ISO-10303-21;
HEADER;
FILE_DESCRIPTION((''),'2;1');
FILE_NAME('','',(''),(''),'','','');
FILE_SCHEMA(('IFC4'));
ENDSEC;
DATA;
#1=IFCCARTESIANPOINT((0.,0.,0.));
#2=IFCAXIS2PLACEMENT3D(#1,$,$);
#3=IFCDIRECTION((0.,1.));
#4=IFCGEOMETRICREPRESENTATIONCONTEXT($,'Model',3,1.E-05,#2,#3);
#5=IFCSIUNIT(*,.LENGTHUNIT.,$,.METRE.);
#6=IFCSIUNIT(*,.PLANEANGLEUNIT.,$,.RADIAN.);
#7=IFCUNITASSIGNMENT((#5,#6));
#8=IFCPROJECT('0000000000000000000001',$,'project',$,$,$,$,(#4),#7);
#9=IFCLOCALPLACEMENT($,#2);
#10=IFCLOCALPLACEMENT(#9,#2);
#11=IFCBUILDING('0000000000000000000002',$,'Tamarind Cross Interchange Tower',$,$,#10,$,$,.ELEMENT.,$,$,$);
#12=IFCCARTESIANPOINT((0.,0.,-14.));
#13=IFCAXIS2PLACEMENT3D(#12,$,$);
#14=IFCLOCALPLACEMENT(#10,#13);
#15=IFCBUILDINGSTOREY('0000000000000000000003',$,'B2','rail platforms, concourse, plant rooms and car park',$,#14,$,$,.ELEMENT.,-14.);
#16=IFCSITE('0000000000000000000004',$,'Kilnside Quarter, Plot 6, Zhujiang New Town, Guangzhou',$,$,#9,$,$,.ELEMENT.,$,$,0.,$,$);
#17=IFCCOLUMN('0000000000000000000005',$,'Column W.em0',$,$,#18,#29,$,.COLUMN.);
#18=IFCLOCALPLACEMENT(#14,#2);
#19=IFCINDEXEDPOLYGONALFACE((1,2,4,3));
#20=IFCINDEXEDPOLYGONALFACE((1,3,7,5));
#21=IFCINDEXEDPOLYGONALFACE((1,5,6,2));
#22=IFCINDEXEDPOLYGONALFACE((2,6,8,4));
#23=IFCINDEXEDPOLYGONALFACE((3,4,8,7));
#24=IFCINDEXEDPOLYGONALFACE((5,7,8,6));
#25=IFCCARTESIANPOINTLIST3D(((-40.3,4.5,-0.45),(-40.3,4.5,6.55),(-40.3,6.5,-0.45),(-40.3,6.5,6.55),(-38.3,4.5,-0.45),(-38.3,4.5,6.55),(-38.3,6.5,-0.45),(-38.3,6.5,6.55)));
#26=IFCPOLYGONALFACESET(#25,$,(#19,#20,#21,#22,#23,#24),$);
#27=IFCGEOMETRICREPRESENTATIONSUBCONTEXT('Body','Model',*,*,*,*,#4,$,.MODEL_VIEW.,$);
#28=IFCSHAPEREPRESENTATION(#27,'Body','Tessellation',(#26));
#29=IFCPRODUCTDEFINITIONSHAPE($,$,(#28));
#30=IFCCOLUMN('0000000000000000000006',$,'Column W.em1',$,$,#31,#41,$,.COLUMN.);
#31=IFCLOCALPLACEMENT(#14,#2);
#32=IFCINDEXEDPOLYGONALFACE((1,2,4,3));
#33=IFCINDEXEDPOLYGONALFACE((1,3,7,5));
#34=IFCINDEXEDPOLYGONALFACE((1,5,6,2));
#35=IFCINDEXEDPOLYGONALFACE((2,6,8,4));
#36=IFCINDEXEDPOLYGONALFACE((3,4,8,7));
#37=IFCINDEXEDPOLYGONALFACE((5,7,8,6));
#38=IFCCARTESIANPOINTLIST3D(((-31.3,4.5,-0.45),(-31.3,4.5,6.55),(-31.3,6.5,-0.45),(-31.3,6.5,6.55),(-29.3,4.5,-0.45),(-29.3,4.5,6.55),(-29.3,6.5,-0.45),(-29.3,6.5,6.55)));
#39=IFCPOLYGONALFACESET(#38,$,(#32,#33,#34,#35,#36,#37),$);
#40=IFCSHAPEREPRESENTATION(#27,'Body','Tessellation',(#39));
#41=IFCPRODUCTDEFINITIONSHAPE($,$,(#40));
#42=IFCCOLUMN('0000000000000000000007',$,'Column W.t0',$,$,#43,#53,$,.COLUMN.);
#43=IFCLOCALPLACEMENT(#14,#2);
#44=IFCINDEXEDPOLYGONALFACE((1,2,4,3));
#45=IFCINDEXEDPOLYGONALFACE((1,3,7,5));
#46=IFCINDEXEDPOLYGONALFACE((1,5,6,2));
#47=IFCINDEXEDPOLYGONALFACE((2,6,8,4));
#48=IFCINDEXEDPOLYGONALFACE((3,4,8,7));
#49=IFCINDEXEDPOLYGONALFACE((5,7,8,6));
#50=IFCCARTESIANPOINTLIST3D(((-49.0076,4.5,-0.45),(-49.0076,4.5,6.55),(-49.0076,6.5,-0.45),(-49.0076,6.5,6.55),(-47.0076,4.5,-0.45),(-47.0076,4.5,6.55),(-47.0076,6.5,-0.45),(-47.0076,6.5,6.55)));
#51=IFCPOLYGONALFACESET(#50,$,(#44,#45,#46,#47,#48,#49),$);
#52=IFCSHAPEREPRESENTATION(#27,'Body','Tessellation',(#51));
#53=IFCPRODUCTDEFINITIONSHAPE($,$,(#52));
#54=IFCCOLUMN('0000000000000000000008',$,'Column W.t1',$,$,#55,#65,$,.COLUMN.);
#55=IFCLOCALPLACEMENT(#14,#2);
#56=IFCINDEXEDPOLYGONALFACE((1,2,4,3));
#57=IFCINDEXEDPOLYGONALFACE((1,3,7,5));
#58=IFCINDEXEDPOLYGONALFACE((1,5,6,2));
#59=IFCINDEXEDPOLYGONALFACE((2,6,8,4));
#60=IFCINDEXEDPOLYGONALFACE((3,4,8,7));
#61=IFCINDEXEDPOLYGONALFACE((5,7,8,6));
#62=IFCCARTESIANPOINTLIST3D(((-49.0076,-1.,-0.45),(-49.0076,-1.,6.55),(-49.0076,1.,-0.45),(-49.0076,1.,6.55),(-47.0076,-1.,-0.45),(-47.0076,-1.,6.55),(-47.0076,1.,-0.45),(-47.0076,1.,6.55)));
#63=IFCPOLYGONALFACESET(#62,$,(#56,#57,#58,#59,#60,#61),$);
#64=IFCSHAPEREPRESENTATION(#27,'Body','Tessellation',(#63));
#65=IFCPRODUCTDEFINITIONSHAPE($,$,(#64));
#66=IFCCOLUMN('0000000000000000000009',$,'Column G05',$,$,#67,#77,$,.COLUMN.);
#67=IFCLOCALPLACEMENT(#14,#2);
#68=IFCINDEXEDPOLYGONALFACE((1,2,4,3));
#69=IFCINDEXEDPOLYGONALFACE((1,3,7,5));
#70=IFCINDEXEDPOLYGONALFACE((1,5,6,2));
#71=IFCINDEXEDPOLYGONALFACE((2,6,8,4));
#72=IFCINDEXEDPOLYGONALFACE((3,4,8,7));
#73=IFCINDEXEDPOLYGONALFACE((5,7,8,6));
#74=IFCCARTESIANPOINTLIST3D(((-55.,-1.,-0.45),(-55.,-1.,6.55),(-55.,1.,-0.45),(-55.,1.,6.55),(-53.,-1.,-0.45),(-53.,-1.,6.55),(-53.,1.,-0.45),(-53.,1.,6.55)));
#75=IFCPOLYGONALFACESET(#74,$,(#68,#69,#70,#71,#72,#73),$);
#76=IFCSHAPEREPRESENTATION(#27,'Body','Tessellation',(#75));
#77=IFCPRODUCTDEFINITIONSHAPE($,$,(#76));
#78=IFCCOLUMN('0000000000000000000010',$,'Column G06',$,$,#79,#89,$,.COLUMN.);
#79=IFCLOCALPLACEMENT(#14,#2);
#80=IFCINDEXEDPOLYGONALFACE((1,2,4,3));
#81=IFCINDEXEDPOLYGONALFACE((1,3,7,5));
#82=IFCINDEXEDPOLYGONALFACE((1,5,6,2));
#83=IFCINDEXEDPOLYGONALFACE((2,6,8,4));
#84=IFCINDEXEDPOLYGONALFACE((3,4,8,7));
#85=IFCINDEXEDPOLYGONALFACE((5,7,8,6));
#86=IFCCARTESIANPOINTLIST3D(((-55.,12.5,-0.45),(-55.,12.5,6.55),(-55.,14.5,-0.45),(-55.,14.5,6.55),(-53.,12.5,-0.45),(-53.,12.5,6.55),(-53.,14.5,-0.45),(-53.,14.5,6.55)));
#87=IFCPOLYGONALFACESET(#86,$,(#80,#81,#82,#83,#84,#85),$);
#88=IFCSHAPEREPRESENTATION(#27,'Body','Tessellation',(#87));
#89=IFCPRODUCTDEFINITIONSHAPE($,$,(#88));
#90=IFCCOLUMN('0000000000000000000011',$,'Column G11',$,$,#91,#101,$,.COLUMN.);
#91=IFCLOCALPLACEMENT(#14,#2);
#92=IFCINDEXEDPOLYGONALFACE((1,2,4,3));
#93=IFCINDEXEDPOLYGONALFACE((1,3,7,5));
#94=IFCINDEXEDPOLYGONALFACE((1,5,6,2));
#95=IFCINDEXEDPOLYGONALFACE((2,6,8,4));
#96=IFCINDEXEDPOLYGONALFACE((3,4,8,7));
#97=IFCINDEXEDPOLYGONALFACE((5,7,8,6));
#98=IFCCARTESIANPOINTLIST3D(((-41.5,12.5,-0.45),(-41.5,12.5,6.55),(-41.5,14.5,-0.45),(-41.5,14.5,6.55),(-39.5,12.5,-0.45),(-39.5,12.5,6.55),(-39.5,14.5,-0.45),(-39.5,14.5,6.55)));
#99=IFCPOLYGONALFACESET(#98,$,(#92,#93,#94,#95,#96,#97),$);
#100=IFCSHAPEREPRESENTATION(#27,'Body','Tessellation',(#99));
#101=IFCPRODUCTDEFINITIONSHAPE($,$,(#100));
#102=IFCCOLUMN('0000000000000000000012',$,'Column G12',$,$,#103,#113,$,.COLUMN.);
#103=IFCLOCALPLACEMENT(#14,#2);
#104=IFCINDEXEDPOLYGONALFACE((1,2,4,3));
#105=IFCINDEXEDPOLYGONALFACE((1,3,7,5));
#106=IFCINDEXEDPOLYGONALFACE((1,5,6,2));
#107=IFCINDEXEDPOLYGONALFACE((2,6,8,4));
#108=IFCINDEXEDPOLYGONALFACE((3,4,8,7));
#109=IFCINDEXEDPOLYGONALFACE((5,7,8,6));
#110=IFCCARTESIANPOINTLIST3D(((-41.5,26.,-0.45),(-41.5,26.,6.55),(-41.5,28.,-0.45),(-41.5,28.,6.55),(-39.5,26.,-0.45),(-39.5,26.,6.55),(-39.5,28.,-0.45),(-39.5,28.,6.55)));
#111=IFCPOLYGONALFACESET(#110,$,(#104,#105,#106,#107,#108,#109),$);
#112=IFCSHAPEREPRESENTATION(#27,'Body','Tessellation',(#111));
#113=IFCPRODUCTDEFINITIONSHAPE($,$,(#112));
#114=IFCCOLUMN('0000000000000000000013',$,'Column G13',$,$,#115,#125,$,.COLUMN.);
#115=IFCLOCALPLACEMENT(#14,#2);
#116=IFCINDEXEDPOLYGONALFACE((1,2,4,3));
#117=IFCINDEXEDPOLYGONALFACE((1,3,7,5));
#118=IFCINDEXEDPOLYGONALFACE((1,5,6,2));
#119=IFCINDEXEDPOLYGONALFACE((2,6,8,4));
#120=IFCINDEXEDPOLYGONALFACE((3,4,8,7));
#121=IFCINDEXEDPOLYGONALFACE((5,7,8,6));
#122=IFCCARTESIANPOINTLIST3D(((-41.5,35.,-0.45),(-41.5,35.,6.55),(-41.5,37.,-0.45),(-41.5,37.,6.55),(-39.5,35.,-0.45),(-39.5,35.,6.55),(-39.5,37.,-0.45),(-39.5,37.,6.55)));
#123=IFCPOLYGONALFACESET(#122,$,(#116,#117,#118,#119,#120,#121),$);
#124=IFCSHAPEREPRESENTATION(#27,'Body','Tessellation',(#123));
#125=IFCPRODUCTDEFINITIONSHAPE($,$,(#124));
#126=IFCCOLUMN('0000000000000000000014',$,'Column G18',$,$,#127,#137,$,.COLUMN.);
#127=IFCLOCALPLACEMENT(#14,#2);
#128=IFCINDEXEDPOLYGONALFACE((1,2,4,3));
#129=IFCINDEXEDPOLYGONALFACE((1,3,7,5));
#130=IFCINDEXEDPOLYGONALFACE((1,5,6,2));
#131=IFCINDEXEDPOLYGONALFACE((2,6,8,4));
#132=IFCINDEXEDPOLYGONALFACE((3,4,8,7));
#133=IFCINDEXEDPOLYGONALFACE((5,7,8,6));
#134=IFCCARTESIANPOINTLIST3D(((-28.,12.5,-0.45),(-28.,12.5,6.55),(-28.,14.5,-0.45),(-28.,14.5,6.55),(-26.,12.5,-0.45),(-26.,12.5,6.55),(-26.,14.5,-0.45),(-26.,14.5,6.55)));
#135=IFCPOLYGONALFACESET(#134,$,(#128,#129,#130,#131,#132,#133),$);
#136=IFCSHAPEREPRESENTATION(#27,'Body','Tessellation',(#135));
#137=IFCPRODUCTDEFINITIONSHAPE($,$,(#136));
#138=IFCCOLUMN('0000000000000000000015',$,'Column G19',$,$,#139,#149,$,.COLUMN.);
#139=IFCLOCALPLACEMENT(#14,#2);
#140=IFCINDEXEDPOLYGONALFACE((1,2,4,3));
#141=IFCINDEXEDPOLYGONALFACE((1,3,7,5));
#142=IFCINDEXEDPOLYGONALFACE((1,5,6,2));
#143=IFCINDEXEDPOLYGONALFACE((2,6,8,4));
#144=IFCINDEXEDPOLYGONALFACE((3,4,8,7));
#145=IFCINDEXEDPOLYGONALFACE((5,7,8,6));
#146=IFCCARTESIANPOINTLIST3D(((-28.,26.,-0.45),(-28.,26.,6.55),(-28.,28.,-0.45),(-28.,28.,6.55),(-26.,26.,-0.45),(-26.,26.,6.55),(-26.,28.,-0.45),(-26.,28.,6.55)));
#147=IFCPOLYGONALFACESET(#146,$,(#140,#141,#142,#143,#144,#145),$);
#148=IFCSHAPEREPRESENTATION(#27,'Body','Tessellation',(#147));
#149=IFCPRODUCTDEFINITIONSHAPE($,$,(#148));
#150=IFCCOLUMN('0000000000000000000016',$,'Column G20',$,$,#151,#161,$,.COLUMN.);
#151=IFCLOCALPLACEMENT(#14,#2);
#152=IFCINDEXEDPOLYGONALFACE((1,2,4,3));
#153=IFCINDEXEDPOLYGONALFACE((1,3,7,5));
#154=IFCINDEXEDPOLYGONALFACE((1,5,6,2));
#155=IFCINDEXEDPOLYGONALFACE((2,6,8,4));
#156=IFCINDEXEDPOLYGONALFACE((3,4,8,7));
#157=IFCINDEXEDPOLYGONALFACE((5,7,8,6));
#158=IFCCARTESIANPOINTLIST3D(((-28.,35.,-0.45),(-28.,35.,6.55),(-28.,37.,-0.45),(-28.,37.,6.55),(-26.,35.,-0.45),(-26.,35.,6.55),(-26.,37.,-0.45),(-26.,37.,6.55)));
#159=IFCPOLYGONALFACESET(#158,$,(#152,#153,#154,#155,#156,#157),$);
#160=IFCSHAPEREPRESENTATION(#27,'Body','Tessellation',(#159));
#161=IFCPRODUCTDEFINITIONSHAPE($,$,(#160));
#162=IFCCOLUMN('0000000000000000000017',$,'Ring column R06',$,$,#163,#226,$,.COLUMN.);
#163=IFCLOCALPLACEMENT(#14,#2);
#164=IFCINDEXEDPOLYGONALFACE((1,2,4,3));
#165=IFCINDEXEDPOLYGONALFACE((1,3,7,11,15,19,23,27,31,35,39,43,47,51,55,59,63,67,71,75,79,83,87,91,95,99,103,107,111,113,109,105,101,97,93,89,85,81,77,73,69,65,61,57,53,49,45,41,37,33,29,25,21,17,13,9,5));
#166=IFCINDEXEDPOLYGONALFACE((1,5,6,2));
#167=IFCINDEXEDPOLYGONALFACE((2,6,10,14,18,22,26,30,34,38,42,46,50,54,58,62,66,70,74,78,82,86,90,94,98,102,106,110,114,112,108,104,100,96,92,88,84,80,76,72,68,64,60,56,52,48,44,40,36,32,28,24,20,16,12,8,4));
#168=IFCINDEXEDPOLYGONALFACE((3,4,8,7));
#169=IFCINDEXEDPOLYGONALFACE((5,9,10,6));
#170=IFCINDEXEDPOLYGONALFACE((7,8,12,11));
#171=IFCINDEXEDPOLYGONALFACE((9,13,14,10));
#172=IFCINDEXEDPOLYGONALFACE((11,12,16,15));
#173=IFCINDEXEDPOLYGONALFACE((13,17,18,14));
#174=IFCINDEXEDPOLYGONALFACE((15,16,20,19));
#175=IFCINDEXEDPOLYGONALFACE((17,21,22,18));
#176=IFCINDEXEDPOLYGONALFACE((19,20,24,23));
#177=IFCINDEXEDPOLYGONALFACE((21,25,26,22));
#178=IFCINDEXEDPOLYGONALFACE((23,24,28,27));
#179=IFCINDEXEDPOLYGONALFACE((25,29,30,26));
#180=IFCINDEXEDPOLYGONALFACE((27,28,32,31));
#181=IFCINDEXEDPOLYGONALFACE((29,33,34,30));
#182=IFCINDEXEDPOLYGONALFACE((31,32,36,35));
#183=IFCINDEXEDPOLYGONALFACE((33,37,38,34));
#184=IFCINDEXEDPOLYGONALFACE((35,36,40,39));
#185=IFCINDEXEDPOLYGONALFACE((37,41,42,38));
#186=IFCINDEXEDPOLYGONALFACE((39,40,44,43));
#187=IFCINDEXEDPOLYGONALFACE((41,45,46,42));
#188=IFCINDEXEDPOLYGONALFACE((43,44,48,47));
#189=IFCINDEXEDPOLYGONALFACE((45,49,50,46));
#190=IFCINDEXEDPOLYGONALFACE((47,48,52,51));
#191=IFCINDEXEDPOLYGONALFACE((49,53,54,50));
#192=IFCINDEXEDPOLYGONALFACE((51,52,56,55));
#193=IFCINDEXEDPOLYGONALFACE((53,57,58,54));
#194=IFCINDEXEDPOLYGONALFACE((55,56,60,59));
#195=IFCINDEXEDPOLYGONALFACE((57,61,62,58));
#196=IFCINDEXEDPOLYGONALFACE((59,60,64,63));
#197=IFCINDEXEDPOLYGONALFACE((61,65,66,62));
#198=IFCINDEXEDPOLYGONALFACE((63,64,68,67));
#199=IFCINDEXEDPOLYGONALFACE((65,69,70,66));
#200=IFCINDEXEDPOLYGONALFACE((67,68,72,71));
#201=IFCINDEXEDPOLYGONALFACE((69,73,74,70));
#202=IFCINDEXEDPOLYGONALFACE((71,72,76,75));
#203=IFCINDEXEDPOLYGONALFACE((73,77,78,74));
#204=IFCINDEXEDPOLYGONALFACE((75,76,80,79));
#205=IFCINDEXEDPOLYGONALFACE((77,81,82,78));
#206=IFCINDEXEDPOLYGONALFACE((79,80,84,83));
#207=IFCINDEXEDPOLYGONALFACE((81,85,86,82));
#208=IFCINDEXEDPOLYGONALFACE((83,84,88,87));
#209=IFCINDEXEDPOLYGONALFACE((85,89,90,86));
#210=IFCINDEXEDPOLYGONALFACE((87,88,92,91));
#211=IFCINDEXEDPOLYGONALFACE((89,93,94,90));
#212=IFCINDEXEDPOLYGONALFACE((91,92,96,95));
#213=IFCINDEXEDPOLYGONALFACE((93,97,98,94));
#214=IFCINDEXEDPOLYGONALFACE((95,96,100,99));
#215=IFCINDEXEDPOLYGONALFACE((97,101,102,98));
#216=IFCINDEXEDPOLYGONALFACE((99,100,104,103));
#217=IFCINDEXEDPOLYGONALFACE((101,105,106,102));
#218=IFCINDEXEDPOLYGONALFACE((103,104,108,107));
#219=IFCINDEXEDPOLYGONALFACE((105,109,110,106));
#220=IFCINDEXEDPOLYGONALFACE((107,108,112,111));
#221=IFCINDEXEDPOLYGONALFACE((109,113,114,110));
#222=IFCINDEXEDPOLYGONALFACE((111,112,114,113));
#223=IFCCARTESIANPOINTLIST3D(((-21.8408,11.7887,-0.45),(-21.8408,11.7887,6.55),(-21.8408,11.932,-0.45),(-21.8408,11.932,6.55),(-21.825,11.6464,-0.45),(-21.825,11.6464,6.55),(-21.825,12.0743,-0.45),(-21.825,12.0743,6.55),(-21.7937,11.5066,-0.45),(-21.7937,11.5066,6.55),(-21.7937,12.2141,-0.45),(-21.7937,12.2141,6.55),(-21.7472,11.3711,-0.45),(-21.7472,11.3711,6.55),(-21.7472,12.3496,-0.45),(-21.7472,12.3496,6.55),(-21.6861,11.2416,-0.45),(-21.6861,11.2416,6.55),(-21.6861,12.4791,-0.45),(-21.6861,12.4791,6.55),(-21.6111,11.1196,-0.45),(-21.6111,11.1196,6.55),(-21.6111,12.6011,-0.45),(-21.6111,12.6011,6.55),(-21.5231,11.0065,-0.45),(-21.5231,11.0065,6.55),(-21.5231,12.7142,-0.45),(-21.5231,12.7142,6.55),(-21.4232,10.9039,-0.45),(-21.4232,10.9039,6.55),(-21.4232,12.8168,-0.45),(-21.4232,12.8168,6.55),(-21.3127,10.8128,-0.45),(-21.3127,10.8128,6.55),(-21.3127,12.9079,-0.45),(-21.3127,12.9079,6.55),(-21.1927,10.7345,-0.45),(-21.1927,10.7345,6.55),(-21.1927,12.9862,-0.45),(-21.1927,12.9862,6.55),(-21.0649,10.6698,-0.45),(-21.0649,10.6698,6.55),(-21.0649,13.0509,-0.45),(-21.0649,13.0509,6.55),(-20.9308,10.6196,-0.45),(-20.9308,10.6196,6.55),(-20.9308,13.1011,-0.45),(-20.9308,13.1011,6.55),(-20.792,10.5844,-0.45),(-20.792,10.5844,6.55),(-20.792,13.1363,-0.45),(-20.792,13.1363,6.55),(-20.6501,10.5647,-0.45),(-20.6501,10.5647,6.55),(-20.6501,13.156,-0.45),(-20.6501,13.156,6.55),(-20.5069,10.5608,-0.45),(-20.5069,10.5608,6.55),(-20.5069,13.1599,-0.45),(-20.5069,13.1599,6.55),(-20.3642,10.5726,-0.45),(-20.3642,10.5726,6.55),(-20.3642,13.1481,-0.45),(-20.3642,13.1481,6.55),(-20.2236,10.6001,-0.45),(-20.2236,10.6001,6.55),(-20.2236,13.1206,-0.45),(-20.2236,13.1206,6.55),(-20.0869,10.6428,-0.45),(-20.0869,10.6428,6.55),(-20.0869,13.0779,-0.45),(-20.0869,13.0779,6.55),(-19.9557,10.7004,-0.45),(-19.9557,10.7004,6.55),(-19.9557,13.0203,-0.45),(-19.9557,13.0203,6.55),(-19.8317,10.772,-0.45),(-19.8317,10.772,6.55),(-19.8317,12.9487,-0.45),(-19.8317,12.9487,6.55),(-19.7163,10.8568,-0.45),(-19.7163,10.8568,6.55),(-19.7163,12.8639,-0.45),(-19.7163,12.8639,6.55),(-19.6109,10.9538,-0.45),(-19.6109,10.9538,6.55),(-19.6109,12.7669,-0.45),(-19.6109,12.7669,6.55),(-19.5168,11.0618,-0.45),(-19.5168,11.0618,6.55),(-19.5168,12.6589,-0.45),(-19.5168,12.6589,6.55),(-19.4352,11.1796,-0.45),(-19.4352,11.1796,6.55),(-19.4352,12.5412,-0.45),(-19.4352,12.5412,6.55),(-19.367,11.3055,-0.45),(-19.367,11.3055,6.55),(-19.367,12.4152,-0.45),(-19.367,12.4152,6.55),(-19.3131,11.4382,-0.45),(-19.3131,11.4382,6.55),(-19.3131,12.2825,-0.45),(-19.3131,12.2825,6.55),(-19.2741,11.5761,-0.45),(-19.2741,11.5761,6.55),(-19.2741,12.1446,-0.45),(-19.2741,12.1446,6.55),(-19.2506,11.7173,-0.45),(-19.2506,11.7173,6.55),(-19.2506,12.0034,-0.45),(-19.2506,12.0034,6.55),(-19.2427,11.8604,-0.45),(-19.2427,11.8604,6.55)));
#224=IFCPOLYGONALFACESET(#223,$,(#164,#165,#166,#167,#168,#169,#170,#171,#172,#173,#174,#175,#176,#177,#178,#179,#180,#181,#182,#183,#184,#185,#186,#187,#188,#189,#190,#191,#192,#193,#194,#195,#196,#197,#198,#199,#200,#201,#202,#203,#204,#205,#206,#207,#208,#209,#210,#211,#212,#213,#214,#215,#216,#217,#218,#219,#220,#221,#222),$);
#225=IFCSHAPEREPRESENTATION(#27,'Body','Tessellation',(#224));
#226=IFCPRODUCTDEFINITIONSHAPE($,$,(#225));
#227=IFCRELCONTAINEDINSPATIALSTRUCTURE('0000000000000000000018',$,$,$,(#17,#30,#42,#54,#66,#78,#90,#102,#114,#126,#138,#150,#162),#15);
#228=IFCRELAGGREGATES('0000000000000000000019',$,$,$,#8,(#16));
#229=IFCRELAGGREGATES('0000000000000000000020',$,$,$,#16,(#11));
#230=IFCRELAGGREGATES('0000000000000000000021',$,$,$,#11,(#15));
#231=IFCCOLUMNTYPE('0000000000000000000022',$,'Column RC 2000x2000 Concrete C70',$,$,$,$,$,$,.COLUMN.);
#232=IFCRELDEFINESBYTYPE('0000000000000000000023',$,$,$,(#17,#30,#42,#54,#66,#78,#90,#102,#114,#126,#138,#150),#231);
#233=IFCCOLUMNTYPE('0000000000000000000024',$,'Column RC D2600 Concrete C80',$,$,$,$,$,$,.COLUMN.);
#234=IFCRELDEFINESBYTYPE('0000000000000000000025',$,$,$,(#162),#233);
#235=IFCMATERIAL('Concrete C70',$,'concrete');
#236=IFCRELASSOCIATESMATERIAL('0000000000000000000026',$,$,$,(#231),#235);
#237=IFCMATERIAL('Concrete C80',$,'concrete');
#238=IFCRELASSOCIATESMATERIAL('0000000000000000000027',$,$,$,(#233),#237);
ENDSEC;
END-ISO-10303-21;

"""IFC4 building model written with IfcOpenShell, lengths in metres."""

from ifc_helpers import new_model, si_unit, direction, frame, origin, origin_2d, place, context, subcontext, project, spatial, rectangle, circle, extrude, material, material_profile, profile_set, type_object, element, save


model = new_model("IFC4")

# Units and contexts
model_context = context("Model", 3, precision=1e-05, world=origin(), true_north=direction((0.0, 1.0)))
body_context = subcontext(model_context, "Body", "Model", "MODEL_VIEW")
ifc_project = project(units=[si_unit("LENGTHUNIT", "METRE"), si_unit("PLANEANGLEUNIT", "RADIAN")], contexts=[model_context])

# Site, building, storey
site_placement = place(None, origin())
site = spatial("IfcSite", under=ifc_project, at=site_placement, Name="Kilnside Quarter, Plot 6, Zhujiang New Town, Guangzhou", CompositionType="ELEMENT", RefElevation=0.0)
building_placement = place(site_placement, origin())
building = spatial("IfcBuilding", under=site, at=building_placement, Name="Tamarind Cross Interchange Tower", CompositionType="ELEMENT")
storey_placement = place(building_placement, frame((0.0, 0.0, -14.0)))
storey = spatial("IfcBuildingStorey", under=building, at=storey_placement, Name="B2", Description="rail platforms, concourse, plant rooms and car park", CompositionType="ELEMENT", Elevation=-14.0)

# Columns
ifc_material_1 = material(Name="Concrete C70", Category="concrete")
ifc_material_profile_1 = material_profile(ifc_material_1, rectangle(XDim=2.0, YDim=2.0, at=origin_2d()), Name="RC 2000x2000")
ifc_profile_set_1 = profile_set([ifc_material_profile_1], Name="Concrete C70")
column_type_1 = type_object("IfcColumnType", Name="Column RC 2000x2000 Concrete C70", PredefinedType="COLUMN", material=ifc_profile_set_1)
for number, where, z_axis, x_axis, name in (
    (1, (-39.3, 5.5, -0.45), (0.0, 0.0, 1.0), (1.0, 0.0, 0.0), "Column W.em0"),
    (2, (-30.3, 5.5, -0.45), (0.0, 0.0, 1.0), (1.0, 0.0, 0.0), "Column W.em1"),
    (3, (-48.0076, 5.5, -0.45), (0.0, 0.0, 1.0), (1.0, 0.0, 0.0), "Column W.t0"),
    (4, (-48.0076, 0.0, -0.45), (0.0, 0.0, 1.0), (1.0, 0.0, 0.0), "Column W.t1"),
    (5, (-54.0, 0.0, -0.45), (0.0, 0.0, 1.0), (1.0, 0.0, 0.0), "Column G05"),
    (6, (-54.0, 13.5, -0.45), (0.0, 0.0, 1.0), (1.0, 0.0, 0.0), "Column G06"),
    (7, (-40.5, 13.5, -0.45), (0.0, 0.0, 1.0), (1.0, 0.0, 0.0), "Column G11"),
    (8, (-40.5, 27.0, -0.45), (0.0, 0.0, 1.0), (1.0, 0.0, 0.0), "Column G12"),
    (9, (-40.5, 36.0, -0.45), (0.0, 0.0, 1.0), (1.0, 0.0, 0.0), "Column G13"),
    (10, (-27.0, 13.5, -0.45), (0.0, 0.0, 1.0), (1.0, 0.0, 0.0), "Column G18"),
    (11, (-27.0, 27.0, -0.45), (0.0, 0.0, 1.0), (1.0, 0.0, 0.0), "Column G19"),
    (12, (-27.0, 36.0, -0.45), (0.0, 0.0, 1.0), (1.0, 0.0, 0.0), "Column G20"),
):
    element("IfcColumn", number, at=place(storey_placement, frame(where, z_axis=z_axis, x_axis=x_axis)), inside=storey, type_object=column_type_1, Name=name, PredefinedType="COLUMN", context=body_context, shape_type="SweptSolid", body=[
        extrude(rectangle(XDim=2.0, YDim=2.0, at=origin_2d()), origin(), (0.0, 0.0, 1.0), 7.0),
    ])
ifc_material_2 = material(Name="Concrete C80", Category="concrete")
ifc_material_profile_2 = material_profile(ifc_material_2, circle(Radius=1.3, at=origin_2d()), Name="RC D2600")
ifc_profile_set_2 = profile_set([ifc_material_profile_2], Name="Concrete C80")
column_type_2 = type_object("IfcColumnType", Name="Column RC D2600 Concrete C80", PredefinedType="COLUMN", material=ifc_profile_set_2)
for number, where, z_axis, x_axis, name in (
    (13, (-20.5427, 11.8604, -0.45), (0.0, 0.0, 1.0), (1.0, 0.0, 0.0), "Ring column R06"),
):
    element("IfcColumn", number, at=place(storey_placement, frame(where, z_axis=z_axis, x_axis=x_axis)), inside=storey, type_object=column_type_2, Name=name, PredefinedType="COLUMN", context=body_context, shape_type="SweptSolid", body=[
        extrude(circle(Radius=1.3, at=origin_2d()), origin(), (0.0, 0.0, 1.0), 7.0),
    ])

save(model, "model.ifc")
